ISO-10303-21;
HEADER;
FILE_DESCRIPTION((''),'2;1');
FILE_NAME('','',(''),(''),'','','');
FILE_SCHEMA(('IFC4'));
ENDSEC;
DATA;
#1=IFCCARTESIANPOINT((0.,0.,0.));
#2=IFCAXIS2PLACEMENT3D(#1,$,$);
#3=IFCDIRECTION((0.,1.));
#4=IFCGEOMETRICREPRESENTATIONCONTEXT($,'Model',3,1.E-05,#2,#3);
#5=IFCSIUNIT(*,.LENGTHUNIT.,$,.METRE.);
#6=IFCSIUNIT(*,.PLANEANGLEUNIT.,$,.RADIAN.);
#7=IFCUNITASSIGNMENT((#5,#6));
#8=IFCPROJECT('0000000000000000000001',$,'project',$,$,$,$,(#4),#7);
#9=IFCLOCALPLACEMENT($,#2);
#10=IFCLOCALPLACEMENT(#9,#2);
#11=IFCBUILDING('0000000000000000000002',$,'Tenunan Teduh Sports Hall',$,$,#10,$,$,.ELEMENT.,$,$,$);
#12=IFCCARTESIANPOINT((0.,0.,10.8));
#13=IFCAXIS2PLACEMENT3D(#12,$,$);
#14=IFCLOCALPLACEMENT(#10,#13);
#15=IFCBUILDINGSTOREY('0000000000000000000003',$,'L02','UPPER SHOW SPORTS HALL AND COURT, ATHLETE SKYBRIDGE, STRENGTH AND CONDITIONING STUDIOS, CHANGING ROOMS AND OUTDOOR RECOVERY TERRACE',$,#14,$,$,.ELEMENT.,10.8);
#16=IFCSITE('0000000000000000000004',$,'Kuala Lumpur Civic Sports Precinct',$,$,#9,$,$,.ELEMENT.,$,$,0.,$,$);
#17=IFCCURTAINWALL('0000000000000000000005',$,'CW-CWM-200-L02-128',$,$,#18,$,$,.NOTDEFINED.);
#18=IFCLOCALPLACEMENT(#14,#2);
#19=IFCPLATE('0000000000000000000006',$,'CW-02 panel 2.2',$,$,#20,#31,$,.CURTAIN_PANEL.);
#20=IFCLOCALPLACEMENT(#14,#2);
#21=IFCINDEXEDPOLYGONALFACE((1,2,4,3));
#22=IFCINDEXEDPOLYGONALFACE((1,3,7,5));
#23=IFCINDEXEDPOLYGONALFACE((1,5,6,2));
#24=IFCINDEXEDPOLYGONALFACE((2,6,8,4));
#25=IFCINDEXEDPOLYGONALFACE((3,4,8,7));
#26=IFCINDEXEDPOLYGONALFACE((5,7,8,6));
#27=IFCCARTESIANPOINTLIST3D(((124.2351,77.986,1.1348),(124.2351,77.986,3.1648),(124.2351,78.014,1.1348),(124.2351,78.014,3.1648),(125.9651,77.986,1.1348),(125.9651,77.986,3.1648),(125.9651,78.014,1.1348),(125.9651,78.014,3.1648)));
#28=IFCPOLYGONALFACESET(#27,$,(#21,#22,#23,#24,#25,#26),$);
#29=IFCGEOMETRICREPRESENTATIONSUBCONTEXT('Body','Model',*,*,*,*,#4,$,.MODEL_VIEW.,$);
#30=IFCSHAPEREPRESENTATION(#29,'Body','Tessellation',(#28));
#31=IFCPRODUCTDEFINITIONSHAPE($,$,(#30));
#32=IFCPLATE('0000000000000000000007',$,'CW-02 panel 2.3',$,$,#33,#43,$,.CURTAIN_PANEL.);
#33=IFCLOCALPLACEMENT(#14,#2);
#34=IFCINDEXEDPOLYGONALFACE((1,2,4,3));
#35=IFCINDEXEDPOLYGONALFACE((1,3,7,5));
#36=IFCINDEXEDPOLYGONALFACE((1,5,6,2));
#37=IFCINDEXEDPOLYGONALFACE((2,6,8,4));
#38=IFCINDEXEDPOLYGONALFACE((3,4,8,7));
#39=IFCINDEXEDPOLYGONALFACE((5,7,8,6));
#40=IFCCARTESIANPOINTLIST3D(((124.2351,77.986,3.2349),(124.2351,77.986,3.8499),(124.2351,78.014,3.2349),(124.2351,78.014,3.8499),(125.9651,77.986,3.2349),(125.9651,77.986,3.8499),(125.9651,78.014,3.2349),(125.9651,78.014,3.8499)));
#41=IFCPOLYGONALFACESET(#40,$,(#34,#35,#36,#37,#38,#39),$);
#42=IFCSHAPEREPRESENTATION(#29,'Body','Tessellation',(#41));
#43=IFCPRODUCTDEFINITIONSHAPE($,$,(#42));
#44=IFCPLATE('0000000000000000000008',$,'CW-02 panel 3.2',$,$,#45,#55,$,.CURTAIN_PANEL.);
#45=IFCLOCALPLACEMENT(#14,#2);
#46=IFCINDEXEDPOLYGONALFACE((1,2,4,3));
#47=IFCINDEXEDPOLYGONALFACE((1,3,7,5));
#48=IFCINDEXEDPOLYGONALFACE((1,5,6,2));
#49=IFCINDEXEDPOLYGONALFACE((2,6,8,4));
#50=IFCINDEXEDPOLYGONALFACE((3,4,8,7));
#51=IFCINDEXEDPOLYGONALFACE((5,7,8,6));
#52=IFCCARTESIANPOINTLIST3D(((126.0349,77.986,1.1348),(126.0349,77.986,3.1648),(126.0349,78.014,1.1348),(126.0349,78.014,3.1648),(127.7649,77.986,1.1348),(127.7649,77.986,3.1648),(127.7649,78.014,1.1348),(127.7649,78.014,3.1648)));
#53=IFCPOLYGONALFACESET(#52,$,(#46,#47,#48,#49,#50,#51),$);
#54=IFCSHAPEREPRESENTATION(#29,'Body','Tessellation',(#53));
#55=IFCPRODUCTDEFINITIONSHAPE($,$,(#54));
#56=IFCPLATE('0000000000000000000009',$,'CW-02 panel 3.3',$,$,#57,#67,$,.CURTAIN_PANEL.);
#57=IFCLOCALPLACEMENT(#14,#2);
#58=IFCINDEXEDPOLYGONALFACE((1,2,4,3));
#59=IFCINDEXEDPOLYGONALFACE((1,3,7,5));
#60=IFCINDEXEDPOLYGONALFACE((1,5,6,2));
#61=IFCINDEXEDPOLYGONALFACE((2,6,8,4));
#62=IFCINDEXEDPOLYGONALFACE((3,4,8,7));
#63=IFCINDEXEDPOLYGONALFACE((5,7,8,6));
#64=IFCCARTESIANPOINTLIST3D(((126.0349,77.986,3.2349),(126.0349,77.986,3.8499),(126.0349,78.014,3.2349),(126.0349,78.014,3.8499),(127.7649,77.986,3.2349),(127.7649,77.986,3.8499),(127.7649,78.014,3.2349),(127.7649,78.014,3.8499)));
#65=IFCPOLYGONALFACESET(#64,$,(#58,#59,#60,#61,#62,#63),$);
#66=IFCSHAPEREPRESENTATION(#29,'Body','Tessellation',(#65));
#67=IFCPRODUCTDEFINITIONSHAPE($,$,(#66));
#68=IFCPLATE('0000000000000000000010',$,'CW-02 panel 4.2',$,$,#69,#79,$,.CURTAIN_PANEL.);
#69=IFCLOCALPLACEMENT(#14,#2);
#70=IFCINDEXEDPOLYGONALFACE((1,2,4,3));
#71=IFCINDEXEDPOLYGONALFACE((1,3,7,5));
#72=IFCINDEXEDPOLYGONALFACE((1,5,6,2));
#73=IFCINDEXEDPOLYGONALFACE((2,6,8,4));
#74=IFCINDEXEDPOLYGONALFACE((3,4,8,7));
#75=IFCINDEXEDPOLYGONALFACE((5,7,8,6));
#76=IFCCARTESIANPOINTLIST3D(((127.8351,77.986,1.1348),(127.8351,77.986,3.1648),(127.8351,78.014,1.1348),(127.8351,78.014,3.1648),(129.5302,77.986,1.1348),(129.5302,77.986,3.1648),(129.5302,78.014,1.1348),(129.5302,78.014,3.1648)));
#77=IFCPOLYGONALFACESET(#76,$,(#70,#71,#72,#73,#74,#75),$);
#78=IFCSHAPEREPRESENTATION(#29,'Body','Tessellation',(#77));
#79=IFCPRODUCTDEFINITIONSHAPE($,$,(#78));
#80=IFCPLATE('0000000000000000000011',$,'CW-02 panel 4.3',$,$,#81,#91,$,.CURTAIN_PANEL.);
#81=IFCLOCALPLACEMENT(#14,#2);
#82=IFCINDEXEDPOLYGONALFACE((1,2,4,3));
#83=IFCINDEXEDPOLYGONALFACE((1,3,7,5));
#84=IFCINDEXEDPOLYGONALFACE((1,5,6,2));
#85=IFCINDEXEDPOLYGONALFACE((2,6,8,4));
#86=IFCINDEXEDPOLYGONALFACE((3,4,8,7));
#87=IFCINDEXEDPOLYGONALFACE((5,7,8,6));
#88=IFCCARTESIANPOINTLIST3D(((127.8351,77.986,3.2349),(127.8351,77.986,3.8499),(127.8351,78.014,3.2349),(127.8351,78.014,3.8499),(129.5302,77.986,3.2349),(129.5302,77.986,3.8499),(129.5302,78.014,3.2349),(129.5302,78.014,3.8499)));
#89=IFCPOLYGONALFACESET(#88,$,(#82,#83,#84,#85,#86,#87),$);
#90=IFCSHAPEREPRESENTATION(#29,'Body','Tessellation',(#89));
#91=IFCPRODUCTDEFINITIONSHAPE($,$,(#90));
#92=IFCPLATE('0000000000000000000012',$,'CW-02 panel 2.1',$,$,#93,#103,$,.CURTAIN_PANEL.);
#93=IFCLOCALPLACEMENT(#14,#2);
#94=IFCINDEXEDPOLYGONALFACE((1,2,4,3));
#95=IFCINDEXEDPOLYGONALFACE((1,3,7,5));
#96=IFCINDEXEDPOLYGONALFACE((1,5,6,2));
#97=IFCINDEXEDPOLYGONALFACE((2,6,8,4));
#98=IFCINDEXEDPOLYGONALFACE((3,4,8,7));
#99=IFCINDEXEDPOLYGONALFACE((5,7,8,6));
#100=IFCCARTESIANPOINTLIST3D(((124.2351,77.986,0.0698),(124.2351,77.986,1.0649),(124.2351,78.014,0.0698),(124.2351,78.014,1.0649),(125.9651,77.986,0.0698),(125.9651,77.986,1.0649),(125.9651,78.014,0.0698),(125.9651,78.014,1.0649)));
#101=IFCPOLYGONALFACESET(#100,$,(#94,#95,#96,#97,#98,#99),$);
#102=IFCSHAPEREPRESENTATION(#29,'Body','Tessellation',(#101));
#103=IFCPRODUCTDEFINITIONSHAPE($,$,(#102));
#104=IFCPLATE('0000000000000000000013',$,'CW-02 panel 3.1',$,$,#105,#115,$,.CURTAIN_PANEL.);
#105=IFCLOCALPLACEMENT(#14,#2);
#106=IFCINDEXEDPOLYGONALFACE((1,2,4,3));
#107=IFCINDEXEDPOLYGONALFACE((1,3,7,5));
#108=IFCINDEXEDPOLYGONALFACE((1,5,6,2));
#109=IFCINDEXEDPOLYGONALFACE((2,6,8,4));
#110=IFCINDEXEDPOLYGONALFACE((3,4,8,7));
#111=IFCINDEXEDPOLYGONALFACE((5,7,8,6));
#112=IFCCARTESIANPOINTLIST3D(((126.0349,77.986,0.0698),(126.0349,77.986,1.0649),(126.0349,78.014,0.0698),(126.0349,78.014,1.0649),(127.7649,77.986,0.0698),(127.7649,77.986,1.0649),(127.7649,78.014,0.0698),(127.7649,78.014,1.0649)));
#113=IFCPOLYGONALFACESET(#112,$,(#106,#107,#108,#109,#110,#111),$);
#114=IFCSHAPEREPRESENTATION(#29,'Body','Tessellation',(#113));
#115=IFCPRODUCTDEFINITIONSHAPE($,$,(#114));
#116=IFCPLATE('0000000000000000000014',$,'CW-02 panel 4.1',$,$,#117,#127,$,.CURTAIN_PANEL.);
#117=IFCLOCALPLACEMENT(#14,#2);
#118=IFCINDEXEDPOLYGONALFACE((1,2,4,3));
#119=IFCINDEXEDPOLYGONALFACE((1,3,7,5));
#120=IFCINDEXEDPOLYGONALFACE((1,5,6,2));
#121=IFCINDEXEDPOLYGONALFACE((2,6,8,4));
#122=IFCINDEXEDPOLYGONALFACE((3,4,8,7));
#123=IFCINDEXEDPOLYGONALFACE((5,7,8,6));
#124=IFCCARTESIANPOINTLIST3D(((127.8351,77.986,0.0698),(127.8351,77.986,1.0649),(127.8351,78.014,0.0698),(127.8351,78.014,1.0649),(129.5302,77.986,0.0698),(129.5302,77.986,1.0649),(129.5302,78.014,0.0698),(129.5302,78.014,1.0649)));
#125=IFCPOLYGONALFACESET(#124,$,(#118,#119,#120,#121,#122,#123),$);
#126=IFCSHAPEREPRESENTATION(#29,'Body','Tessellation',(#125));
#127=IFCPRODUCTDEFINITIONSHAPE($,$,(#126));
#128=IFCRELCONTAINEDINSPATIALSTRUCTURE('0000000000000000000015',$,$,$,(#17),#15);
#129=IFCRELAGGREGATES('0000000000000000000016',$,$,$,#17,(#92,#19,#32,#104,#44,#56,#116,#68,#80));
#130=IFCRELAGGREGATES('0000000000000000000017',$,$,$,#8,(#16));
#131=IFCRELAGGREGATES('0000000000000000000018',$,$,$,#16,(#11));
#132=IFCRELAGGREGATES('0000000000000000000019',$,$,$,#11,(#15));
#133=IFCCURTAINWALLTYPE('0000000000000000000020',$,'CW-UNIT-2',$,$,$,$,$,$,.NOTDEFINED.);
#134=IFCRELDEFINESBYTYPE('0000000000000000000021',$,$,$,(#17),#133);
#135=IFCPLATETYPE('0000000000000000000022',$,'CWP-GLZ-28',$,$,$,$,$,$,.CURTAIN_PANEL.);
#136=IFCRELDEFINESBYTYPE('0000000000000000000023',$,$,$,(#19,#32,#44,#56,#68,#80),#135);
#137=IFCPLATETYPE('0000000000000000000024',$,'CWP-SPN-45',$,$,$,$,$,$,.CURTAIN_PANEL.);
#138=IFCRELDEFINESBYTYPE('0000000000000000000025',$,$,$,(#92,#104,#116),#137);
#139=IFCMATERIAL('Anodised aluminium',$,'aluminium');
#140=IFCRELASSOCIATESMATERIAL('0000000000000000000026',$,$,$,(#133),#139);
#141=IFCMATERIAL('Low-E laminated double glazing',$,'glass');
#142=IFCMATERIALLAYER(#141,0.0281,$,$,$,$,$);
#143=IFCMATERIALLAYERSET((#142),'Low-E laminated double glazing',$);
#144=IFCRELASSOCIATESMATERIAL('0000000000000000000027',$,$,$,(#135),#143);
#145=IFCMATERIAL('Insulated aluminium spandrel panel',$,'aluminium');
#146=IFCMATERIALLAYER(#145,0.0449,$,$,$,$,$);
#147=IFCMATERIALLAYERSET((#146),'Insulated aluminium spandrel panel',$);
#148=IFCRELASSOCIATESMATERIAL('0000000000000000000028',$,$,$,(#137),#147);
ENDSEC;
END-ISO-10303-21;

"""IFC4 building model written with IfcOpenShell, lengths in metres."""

from ifc_helpers import new_model, si_unit, direction, frame, origin, origin_2d, place, context, subcontext, project, spatial, rectangle, extrude, material, layer, layer_set, type_object, element, aggregate, save


model = new_model("IFC4")

# Units and contexts
model_context = context("Model", 3, precision=1e-05, world=origin(), true_north=direction((0.0, 1.0)))
body_context = subcontext(model_context, "Body", "Model", "MODEL_VIEW")
ifc_project = project(units=[si_unit("LENGTHUNIT", "METRE"), si_unit("PLANEANGLEUNIT", "RADIAN")], contexts=[model_context])

# Site, building, storey
site_placement = place(None, origin())
site = spatial("IfcSite", under=ifc_project, at=site_placement, Name="Kuala Lumpur Civic Sports Precinct", CompositionType="ELEMENT", RefElevation=0.0)
building_placement = place(site_placement, origin())
building = spatial("IfcBuilding", under=site, at=building_placement, Name="Tenunan Teduh Sports Hall", CompositionType="ELEMENT")
storey_placement = place(building_placement, frame((0.0, 0.0, 10.8)))
storey = spatial("IfcBuildingStorey", under=building, at=storey_placement, Name="L02", Description="UPPER SHOW SPORTS HALL AND COURT, ATHLETE SKYBRIDGE, STRENGTH AND CONDITIONING STUDIOS, CHANGING ROOMS AND OUTDOOR RECOVERY TERRACE", CompositionType="ELEMENT", Elevation=10.8)

# Curtain wall, plates
ifc_material_1 = material(Name="Anodised aluminium", Category="aluminium")
curtain_wall_type = type_object("IfcCurtainWallType", Name="CW-UNIT-2", PredefinedType="NOTDEFINED", material=ifc_material_1)
curtain_wall_placement = place(storey_placement, origin())
curtain_wall = element("IfcCurtainWall", 1, at=curtain_wall_placement, inside=storey, type_object=curtain_wall_type, Name="CW-CWM-200-L02-128", PredefinedType="NOTDEFINED")
ifc_material_2 = material(Name="Low-E laminated double glazing", Category="glass")
ifc_layer_1 = layer(ifc_material_2, 0.0281)
ifc_layer_set_1 = layer_set([ifc_layer_1], Name="Low-E laminated double glazing")
plate_type_1 = type_object("IfcPlateType", Name="CWP-GLZ-28", PredefinedType="CURTAIN_PANEL", material=ifc_layer_set_1)
plate_1_placement = place(storey_placement, frame((125.1001, 78.0, 1.1348), z_axis=(0.0, 0.0, 1.0), x_axis=(1.0, 0.0, 0.0)))
plate_1 = element("IfcPlate", 2, at=plate_1_placement, type_object=plate_type_1, Name="CW-02 panel 2.2", PredefinedType="CURTAIN_PANEL", context=body_context, shape_type="SweptSolid", body=[
    extrude(rectangle(XDim=1.73, YDim=0.0281, at=origin_2d()), origin(), (0.0, 0.0, 1.0), 2.03),
])
plate_2_placement = place(storey_placement, frame((125.1001, 78.0, 3.2349), z_axis=(0.0, 0.0, 1.0), x_axis=(1.0, 0.0, 0.0)))
plate_2 = element("IfcPlate", 3, at=plate_2_placement, type_object=plate_type_1, Name="CW-02 panel 2.3", PredefinedType="CURTAIN_PANEL", context=body_context, shape_type="SweptSolid", body=[
    extrude(rectangle(XDim=1.73, YDim=0.0281, at=origin_2d()), origin(), (0.0, 0.0, 1.0), 0.615),
])
plate_3_placement = place(storey_placement, frame((126.8999, 78.0, 1.1348), z_axis=(0.0, 0.0, 1.0), x_axis=(1.0, 0.0, 0.0)))
plate_3 = element("IfcPlate", 4, at=plate_3_placement, type_object=plate_type_1, Name="CW-02 panel 3.2", PredefinedType="CURTAIN_PANEL", context=body_context, shape_type="SweptSolid", body=[
    extrude(rectangle(XDim=1.73, YDim=0.0281, at=origin_2d()), origin(), (0.0, 0.0, 1.0), 2.03),
])
plate_4_placement = place(storey_placement, frame((126.8999, 78.0, 3.2349), z_axis=(0.0, 0.0, 1.0), x_axis=(1.0, 0.0, 0.0)))
plate_4 = element("IfcPlate", 5, at=plate_4_placement, type_object=plate_type_1, Name="CW-02 panel 3.3", PredefinedType="CURTAIN_PANEL", context=body_context, shape_type="SweptSolid", body=[
    extrude(rectangle(XDim=1.73, YDim=0.0281, at=origin_2d()), origin(), (0.0, 0.0, 1.0), 0.615),
])
plate_5_placement = place(storey_placement, frame((128.6826, 78.0, 1.1348), z_axis=(0.0, 0.0, 1.0), x_axis=(1.0, 0.0, 0.0)))
plate_5 = element("IfcPlate", 6, at=plate_5_placement, type_object=plate_type_1, Name="CW-02 panel 4.2", PredefinedType="CURTAIN_PANEL", context=body_context, shape_type="SweptSolid", body=[
    extrude(rectangle(XDim=1.6951, YDim=0.0281, at=origin_2d()), origin(), (0.0, 0.0, 1.0), 2.03),
])
plate_6_placement = place(storey_placement, frame((128.6826, 78.0, 3.2349), z_axis=(0.0, 0.0, 1.0), x_axis=(1.0, 0.0, 0.0)))
plate_6 = element("IfcPlate", 7, at=plate_6_placement, type_object=plate_type_1, Name="CW-02 panel 4.3", PredefinedType="CURTAIN_PANEL", context=body_context, shape_type="SweptSolid", body=[
    extrude(rectangle(XDim=1.6951, YDim=0.0281, at=origin_2d()), origin(), (0.0, 0.0, 1.0), 0.615),
])
ifc_material_3 = material(Name="Insulated aluminium spandrel panel", Category="aluminium")
ifc_layer_2 = layer(ifc_material_3, 0.0449)
ifc_layer_set_2 = layer_set([ifc_layer_2], Name="Insulated aluminium spandrel panel")
plate_type_2 = type_object("IfcPlateType", Name="CWP-SPN-45", PredefinedType="CURTAIN_PANEL", material=ifc_layer_set_2)
plate_7_placement = place(storey_placement, frame((125.1001, 78.0, 0.0698), z_axis=(0.0, 0.0, 1.0), x_axis=(1.0, 0.0, 0.0)))
plate_7 = element("IfcPlate", 8, at=plate_7_placement, type_object=plate_type_2, Name="CW-02 panel 2.1", PredefinedType="CURTAIN_PANEL", context=body_context, shape_type="SweptSolid", body=[
    extrude(rectangle(XDim=1.73, YDim=0.0281, at=origin_2d()), origin(), (0.0, 0.0, 1.0), 0.9951),
])
plate_8_placement = place(storey_placement, frame((126.8999, 78.0, 0.0698), z_axis=(0.0, 0.0, 1.0), x_axis=(1.0, 0.0, 0.0)))
plate_8 = element("IfcPlate", 9, at=plate_8_placement, type_object=plate_type_2, Name="CW-02 panel 3.1", PredefinedType="CURTAIN_PANEL", context=body_context, shape_type="SweptSolid", body=[
    extrude(rectangle(XDim=1.73, YDim=0.0281, at=origin_2d()), origin(), (0.0, 0.0, 1.0), 0.9951),
])
plate_9_placement = place(storey_placement, frame((128.6826, 78.0, 0.0698), z_axis=(0.0, 0.0, 1.0), x_axis=(1.0, 0.0, 0.0)))
plate_9 = element("IfcPlate", 10, at=plate_9_placement, type_object=plate_type_2, Name="CW-02 panel 4.1", PredefinedType="CURTAIN_PANEL", context=body_context, shape_type="SweptSolid", body=[
    extrude(rectangle(XDim=1.6951, YDim=0.0281, at=origin_2d()), origin(), (0.0, 0.0, 1.0), 0.9951),
])
aggregate(curtain_wall, [plate_7, plate_1, plate_2, plate_8, plate_3, plate_4, plate_9, plate_5, plate_6])

save(model, "model.ifc")
